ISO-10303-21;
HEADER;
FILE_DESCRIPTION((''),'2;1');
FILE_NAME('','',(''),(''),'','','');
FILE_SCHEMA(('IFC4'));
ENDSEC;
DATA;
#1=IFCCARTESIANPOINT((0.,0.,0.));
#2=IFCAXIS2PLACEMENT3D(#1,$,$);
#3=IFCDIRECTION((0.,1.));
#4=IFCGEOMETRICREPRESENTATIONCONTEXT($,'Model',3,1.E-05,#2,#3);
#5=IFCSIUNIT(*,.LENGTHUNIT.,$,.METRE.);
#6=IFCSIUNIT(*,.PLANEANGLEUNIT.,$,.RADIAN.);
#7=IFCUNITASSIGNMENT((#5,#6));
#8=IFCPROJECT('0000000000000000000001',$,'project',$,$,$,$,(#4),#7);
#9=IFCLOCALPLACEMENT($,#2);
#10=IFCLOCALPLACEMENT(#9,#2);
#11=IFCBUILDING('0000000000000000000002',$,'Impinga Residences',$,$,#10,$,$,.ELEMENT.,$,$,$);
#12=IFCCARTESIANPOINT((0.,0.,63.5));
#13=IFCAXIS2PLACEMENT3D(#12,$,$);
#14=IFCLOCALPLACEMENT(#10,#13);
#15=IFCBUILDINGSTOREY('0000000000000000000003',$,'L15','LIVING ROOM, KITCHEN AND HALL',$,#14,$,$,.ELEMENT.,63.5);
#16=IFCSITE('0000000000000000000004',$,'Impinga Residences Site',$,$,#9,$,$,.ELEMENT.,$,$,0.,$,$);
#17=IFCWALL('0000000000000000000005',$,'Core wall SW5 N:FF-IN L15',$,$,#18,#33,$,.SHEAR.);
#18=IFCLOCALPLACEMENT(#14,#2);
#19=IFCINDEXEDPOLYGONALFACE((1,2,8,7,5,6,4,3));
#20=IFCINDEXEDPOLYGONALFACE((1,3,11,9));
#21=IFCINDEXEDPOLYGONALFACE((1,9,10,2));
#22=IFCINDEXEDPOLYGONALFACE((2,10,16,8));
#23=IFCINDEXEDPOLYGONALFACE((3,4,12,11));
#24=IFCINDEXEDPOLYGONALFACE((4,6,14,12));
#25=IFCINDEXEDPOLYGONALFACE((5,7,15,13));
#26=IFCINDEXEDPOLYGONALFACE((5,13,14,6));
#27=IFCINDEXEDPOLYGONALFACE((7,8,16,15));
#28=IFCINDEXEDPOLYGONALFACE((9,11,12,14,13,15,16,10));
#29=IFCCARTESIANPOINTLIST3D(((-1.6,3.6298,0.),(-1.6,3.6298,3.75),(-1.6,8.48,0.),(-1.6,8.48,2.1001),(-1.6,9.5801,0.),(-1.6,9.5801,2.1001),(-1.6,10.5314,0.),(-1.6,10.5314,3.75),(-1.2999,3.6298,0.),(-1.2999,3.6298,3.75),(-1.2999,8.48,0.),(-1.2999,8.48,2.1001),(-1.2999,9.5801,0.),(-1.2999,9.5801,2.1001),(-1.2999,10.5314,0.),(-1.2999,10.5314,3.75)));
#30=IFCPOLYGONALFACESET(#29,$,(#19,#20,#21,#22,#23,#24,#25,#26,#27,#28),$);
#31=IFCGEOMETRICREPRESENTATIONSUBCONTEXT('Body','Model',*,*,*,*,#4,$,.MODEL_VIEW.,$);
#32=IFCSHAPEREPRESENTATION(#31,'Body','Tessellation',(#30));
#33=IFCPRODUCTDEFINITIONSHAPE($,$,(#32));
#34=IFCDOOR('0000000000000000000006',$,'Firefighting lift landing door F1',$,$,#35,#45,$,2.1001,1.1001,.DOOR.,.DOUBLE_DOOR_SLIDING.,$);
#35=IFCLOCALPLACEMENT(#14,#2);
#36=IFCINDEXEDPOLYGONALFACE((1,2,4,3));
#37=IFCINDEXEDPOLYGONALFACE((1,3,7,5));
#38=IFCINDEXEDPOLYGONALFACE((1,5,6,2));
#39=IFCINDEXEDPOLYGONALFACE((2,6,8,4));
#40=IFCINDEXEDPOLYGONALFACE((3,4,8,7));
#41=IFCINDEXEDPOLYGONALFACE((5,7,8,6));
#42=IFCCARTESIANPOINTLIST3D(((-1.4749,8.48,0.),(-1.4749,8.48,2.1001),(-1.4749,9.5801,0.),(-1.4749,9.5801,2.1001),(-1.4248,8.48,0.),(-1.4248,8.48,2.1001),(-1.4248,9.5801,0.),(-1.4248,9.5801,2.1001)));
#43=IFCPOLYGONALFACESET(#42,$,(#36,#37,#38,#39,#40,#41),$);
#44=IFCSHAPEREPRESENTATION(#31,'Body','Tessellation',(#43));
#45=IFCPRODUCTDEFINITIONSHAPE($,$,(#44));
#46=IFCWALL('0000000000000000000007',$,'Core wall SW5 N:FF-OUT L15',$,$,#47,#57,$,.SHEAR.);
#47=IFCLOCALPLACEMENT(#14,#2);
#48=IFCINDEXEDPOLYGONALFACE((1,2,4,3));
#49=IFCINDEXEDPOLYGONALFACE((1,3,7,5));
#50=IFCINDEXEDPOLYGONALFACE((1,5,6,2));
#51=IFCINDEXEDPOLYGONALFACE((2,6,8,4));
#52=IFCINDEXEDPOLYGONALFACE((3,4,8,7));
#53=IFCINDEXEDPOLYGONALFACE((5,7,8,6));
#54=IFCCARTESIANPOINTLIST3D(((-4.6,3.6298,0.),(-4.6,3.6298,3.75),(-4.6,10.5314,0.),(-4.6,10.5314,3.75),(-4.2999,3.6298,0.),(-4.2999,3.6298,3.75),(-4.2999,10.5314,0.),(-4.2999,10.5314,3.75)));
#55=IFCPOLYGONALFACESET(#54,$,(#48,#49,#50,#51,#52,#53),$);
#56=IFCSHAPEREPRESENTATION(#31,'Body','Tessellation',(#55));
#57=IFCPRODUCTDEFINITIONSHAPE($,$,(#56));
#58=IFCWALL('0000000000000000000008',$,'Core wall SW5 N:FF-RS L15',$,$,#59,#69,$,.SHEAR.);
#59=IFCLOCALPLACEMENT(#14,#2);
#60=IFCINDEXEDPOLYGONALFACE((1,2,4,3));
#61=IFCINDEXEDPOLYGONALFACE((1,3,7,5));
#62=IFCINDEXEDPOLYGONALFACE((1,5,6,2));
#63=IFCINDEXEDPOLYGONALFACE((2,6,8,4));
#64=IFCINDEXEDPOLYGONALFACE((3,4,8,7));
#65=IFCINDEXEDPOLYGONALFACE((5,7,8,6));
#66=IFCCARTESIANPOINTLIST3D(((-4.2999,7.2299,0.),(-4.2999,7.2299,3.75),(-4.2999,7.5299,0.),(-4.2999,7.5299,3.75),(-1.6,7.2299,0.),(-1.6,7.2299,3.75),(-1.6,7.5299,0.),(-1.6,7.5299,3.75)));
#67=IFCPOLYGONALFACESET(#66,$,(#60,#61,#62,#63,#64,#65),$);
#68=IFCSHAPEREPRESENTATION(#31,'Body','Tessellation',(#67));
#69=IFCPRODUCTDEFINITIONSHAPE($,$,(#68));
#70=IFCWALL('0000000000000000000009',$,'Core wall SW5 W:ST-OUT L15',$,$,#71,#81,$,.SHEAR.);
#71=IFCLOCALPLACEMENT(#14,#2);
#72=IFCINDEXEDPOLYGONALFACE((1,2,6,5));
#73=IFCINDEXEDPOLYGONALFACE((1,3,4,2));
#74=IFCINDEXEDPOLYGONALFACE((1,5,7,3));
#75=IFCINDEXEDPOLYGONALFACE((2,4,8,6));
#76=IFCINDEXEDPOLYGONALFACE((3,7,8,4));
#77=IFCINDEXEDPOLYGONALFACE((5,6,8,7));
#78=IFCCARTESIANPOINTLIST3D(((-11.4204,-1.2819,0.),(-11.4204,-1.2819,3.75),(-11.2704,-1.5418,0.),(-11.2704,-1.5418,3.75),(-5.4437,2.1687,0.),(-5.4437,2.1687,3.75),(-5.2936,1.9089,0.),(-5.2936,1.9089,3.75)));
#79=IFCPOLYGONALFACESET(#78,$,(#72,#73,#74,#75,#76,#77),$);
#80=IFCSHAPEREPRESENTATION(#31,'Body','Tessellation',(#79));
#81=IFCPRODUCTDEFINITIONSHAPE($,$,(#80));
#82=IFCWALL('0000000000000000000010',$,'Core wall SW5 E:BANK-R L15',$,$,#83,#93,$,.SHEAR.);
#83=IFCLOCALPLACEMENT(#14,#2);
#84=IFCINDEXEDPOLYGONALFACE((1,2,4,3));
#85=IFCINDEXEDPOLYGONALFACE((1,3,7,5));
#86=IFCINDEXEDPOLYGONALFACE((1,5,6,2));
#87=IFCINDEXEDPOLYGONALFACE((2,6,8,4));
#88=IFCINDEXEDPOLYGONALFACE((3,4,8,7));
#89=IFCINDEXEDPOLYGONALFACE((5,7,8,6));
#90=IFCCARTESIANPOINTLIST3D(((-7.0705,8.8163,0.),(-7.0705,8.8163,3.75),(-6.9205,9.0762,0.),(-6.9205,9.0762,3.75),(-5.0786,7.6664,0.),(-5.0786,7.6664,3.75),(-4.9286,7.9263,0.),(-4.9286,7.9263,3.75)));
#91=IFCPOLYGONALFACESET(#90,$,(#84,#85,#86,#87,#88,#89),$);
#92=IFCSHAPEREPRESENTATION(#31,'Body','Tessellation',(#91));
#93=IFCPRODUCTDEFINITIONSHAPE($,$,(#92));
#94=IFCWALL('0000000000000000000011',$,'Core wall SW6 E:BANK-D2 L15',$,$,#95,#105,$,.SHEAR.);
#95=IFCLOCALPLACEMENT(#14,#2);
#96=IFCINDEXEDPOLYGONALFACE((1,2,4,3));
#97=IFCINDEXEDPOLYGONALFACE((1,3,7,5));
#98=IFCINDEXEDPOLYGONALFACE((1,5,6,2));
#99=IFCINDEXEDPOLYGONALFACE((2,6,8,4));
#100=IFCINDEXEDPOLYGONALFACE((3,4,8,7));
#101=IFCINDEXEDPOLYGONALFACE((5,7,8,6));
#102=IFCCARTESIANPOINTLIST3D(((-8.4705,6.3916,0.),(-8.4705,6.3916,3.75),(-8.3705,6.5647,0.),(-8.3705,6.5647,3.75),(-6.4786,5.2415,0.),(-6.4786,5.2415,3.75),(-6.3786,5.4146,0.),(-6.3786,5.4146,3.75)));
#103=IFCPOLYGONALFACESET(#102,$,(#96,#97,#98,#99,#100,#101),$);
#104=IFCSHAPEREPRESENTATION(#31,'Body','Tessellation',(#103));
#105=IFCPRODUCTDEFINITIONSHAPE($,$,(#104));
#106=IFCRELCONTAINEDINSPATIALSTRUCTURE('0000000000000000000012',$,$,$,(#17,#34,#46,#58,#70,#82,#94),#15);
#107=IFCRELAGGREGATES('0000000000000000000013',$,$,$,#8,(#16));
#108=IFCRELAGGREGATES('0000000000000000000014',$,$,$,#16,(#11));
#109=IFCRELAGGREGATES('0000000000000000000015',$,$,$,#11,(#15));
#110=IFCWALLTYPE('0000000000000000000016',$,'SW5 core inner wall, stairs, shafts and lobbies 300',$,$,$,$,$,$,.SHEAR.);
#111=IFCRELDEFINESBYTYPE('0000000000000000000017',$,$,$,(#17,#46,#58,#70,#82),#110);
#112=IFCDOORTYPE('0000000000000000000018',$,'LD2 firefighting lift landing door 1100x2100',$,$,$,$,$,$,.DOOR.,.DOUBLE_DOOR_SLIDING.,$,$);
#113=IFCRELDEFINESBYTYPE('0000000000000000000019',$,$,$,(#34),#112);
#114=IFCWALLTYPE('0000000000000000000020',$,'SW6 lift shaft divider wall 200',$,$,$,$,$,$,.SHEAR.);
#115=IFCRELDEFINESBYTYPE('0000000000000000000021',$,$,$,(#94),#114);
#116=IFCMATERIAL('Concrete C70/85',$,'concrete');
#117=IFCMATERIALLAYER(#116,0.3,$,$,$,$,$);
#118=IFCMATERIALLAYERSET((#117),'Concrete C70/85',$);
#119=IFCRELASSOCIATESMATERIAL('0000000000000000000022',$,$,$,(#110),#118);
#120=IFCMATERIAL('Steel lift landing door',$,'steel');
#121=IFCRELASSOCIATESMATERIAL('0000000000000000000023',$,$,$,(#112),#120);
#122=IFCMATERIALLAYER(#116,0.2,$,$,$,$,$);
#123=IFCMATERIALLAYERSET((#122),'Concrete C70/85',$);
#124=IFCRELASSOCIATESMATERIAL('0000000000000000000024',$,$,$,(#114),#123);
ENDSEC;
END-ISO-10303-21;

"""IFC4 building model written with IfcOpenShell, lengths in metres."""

from ifc_helpers import new_model, si_unit, direction, frame, frame_2d, origin, place, context, subcontext, project, spatial, rectangle, extrude, material, layer, layer_set, type_object, element, fill, save


model = new_model("IFC4")

# Units and contexts
model_context = context("Model", 3, precision=1e-05, world=origin(), true_north=direction((0.0, 1.0)))
body_context = subcontext(model_context, "Body", "Model", "MODEL_VIEW")
ifc_project = project(units=[si_unit("LENGTHUNIT", "METRE"), si_unit("PLANEANGLEUNIT", "RADIAN")], contexts=[model_context])

# Site, building, storey
site_placement = place(None, origin())
site = spatial("IfcSite", under=ifc_project, at=site_placement, Name="Impinga Residences Site", CompositionType="ELEMENT", RefElevation=0.0)
building_placement = place(site_placement, origin())
building = spatial("IfcBuilding", under=site, at=building_placement, Name="Impinga Residences", CompositionType="ELEMENT")
storey_placement = place(building_placement, frame((0.0, 0.0, 63.5)))
storey = spatial("IfcBuildingStorey", under=building, at=storey_placement, Name="L15", Description="LIVING ROOM, KITCHEN AND HALL", CompositionType="ELEMENT", Elevation=63.5)

# Shared definitions
ifc_material_1 = material(Name="Concrete C70/85", Category="concrete")

# Shared definitions
ifc_layer_1 = layer(ifc_material_1, 0.3)
ifc_layer_set_1 = layer_set([ifc_layer_1], Name="Concrete C70/85")
wall_type_1 = type_object("IfcWallType", Name="SW5 core inner wall, stairs, shafts and lobbies 300", PredefinedType="SHEAR", material=ifc_layer_set_1)

# Wall, opening, door
wall_1_placement = place(storey_placement, frame((-1.45, 3.6299, 0.0), z_axis=(0.0, 0.0, 1.0), x_axis=(0.0, 1.0, 0.0)))
wall_1 = element("IfcWall", 1, at=wall_1_placement, inside=storey, type_object=wall_type_1, Name="Core wall SW5 N:FF-IN L15", PredefinedType="SHEAR", context=body_context, shape_type="SweptSolid", body=[
    extrude(rectangle(XDim=6.9016, YDim=0.3, at=frame_2d((3.4507, 0.0))), origin(), (0.0, 0.0, 1.0), 3.75),
])
opening_1_placement = place(wall_1_placement, frame((4.8501, 0.0, 0.0)))
opening_1 = element("IfcOpeningElement", 2, at=opening_1_placement, cuts=wall_1, PredefinedType="OPENING", context=body_context, shape_type="SweptSolid", body=[
    extrude(rectangle(XDim=1.1001, YDim=2.1001, at=frame_2d((0.55, 1.05))), frame((0.0, 0.1599, 0.0), z_axis=(0.0, -1.0, 0.0), x_axis=(1.0, 0.0, 0.0)), (0.0, 0.0, 1.0), 0.3201),
])
ifc_material_2 = material(Name="Steel lift landing door", Category="steel")
door_type_1 = type_object("IfcDoorType", Name="LD2 firefighting lift landing door 1100x2100", OperationType="DOUBLE_DOOR_SLIDING", PredefinedType="DOOR", material=ifc_material_2)
door_1_placement = place(opening_1_placement, origin())
door_1 = element("IfcDoor", 3, at=door_1_placement, inside=storey, type_object=door_type_1, Name="Firefighting lift landing door F1", OperationType="DOUBLE_DOOR_SLIDING", OverallHeight=2.1001, OverallWidth=1.1001, PredefinedType="DOOR", context=body_context, shape_type="SweptSolid", body=[
    extrude(rectangle(XDim=1.1001, YDim=2.1001, at=frame_2d((0.55, 1.05))), frame((0.0, 0.0249, 0.0), z_axis=(0.0, -1.0, 0.0), x_axis=(1.0, 0.0, 0.0)), (0.0, 0.0, 1.0), 0.05),
])
fill(opening_1, door_1)

# Walls
wall_2_placement = place(storey_placement, frame((-4.45, 3.6299, 0.0), z_axis=(0.0, 0.0, 1.0), x_axis=(0.0, 1.0, 0.0)))
element("IfcWall", 4, at=wall_2_placement, inside=storey, type_object=wall_type_1, Name="Core wall SW5 N:FF-OUT L15", PredefinedType="SHEAR", context=body_context, shape_type="SweptSolid", body=[
    extrude(rectangle(XDim=6.9016, YDim=0.3, at=frame_2d((3.4507, 0.0))), origin(), (0.0, 0.0, 1.0), 3.75),
])
wall_3_placement = place(storey_placement, frame((-4.3, 7.3799, 0.0), z_axis=(0.0, 0.0, 1.0), x_axis=(1.0, 0.0, 0.0)))
element("IfcWall", 5, at=wall_3_placement, inside=storey, type_object=wall_type_1, Name="Core wall SW5 N:FF-RS L15", PredefinedType="SHEAR", context=body_context, shape_type="SweptSolid", body=[
    extrude(rectangle(XDim=2.7, YDim=0.3, at=frame_2d((1.3501, 0.0))), origin(), (0.0, 0.0, 1.0), 3.75),
])
wall_4_placement = place(storey_placement, frame((-5.3687, 2.0388, 0.0), z_axis=(0.0, 0.0, 1.0), x_axis=(-0.866027, -0.499997, 0.0)))
element("IfcWall", 6, at=wall_4_placement, inside=storey, type_object=wall_type_1, Name="Core wall SW5 W:ST-OUT L15", PredefinedType="SHEAR", context=body_context, shape_type="SweptSolid", body=[
    extrude(rectangle(XDim=6.9014, YDim=0.3, at=frame_2d((3.4507, 0.0))), origin(), (0.0, 0.0, 1.0), 3.75),
])
wall_5_placement = place(storey_placement, frame((-5.0037, 7.7964, 0.0), z_axis=(0.0, 0.0, 1.0), x_axis=(-0.866053, 0.499952, 0.0)))
element("IfcWall", 7, at=wall_5_placement, inside=storey, type_object=wall_type_1, Name="Core wall SW5 E:BANK-R L15", PredefinedType="SHEAR", context=body_context, shape_type="SweptSolid", body=[
    extrude(rectangle(XDim=2.3, YDim=0.3, at=frame_2d((1.1499, 0.0))), origin(), (0.0, 0.0, 1.0), 3.75),
])
ifc_layer_2 = layer(ifc_material_1, 0.2)
ifc_layer_set_2 = layer_set([ifc_layer_2], Name="Concrete C70/85")
wall_type_2 = type_object("IfcWallType", Name="SW6 lift shaft divider wall 200", PredefinedType="SHEAR", material=ifc_layer_set_2)
wall_6_placement = place(storey_placement, frame((-6.4287, 5.3281, 0.0), z_axis=(0.0, 0.0, 1.0), x_axis=(-0.866007, 0.500032, 0.0)))
element("IfcWall", 8, at=wall_6_placement, inside=storey, type_object=wall_type_2, Name="Core wall SW6 E:BANK-D2 L15", PredefinedType="SHEAR", context=body_context, shape_type="SweptSolid", body=[
    extrude(rectangle(XDim=2.3, YDim=0.2, at=frame_2d((1.1499, 0.0))), origin(), (0.0, 0.0, 1.0), 3.75),
])

save(model, "model.ifc")
